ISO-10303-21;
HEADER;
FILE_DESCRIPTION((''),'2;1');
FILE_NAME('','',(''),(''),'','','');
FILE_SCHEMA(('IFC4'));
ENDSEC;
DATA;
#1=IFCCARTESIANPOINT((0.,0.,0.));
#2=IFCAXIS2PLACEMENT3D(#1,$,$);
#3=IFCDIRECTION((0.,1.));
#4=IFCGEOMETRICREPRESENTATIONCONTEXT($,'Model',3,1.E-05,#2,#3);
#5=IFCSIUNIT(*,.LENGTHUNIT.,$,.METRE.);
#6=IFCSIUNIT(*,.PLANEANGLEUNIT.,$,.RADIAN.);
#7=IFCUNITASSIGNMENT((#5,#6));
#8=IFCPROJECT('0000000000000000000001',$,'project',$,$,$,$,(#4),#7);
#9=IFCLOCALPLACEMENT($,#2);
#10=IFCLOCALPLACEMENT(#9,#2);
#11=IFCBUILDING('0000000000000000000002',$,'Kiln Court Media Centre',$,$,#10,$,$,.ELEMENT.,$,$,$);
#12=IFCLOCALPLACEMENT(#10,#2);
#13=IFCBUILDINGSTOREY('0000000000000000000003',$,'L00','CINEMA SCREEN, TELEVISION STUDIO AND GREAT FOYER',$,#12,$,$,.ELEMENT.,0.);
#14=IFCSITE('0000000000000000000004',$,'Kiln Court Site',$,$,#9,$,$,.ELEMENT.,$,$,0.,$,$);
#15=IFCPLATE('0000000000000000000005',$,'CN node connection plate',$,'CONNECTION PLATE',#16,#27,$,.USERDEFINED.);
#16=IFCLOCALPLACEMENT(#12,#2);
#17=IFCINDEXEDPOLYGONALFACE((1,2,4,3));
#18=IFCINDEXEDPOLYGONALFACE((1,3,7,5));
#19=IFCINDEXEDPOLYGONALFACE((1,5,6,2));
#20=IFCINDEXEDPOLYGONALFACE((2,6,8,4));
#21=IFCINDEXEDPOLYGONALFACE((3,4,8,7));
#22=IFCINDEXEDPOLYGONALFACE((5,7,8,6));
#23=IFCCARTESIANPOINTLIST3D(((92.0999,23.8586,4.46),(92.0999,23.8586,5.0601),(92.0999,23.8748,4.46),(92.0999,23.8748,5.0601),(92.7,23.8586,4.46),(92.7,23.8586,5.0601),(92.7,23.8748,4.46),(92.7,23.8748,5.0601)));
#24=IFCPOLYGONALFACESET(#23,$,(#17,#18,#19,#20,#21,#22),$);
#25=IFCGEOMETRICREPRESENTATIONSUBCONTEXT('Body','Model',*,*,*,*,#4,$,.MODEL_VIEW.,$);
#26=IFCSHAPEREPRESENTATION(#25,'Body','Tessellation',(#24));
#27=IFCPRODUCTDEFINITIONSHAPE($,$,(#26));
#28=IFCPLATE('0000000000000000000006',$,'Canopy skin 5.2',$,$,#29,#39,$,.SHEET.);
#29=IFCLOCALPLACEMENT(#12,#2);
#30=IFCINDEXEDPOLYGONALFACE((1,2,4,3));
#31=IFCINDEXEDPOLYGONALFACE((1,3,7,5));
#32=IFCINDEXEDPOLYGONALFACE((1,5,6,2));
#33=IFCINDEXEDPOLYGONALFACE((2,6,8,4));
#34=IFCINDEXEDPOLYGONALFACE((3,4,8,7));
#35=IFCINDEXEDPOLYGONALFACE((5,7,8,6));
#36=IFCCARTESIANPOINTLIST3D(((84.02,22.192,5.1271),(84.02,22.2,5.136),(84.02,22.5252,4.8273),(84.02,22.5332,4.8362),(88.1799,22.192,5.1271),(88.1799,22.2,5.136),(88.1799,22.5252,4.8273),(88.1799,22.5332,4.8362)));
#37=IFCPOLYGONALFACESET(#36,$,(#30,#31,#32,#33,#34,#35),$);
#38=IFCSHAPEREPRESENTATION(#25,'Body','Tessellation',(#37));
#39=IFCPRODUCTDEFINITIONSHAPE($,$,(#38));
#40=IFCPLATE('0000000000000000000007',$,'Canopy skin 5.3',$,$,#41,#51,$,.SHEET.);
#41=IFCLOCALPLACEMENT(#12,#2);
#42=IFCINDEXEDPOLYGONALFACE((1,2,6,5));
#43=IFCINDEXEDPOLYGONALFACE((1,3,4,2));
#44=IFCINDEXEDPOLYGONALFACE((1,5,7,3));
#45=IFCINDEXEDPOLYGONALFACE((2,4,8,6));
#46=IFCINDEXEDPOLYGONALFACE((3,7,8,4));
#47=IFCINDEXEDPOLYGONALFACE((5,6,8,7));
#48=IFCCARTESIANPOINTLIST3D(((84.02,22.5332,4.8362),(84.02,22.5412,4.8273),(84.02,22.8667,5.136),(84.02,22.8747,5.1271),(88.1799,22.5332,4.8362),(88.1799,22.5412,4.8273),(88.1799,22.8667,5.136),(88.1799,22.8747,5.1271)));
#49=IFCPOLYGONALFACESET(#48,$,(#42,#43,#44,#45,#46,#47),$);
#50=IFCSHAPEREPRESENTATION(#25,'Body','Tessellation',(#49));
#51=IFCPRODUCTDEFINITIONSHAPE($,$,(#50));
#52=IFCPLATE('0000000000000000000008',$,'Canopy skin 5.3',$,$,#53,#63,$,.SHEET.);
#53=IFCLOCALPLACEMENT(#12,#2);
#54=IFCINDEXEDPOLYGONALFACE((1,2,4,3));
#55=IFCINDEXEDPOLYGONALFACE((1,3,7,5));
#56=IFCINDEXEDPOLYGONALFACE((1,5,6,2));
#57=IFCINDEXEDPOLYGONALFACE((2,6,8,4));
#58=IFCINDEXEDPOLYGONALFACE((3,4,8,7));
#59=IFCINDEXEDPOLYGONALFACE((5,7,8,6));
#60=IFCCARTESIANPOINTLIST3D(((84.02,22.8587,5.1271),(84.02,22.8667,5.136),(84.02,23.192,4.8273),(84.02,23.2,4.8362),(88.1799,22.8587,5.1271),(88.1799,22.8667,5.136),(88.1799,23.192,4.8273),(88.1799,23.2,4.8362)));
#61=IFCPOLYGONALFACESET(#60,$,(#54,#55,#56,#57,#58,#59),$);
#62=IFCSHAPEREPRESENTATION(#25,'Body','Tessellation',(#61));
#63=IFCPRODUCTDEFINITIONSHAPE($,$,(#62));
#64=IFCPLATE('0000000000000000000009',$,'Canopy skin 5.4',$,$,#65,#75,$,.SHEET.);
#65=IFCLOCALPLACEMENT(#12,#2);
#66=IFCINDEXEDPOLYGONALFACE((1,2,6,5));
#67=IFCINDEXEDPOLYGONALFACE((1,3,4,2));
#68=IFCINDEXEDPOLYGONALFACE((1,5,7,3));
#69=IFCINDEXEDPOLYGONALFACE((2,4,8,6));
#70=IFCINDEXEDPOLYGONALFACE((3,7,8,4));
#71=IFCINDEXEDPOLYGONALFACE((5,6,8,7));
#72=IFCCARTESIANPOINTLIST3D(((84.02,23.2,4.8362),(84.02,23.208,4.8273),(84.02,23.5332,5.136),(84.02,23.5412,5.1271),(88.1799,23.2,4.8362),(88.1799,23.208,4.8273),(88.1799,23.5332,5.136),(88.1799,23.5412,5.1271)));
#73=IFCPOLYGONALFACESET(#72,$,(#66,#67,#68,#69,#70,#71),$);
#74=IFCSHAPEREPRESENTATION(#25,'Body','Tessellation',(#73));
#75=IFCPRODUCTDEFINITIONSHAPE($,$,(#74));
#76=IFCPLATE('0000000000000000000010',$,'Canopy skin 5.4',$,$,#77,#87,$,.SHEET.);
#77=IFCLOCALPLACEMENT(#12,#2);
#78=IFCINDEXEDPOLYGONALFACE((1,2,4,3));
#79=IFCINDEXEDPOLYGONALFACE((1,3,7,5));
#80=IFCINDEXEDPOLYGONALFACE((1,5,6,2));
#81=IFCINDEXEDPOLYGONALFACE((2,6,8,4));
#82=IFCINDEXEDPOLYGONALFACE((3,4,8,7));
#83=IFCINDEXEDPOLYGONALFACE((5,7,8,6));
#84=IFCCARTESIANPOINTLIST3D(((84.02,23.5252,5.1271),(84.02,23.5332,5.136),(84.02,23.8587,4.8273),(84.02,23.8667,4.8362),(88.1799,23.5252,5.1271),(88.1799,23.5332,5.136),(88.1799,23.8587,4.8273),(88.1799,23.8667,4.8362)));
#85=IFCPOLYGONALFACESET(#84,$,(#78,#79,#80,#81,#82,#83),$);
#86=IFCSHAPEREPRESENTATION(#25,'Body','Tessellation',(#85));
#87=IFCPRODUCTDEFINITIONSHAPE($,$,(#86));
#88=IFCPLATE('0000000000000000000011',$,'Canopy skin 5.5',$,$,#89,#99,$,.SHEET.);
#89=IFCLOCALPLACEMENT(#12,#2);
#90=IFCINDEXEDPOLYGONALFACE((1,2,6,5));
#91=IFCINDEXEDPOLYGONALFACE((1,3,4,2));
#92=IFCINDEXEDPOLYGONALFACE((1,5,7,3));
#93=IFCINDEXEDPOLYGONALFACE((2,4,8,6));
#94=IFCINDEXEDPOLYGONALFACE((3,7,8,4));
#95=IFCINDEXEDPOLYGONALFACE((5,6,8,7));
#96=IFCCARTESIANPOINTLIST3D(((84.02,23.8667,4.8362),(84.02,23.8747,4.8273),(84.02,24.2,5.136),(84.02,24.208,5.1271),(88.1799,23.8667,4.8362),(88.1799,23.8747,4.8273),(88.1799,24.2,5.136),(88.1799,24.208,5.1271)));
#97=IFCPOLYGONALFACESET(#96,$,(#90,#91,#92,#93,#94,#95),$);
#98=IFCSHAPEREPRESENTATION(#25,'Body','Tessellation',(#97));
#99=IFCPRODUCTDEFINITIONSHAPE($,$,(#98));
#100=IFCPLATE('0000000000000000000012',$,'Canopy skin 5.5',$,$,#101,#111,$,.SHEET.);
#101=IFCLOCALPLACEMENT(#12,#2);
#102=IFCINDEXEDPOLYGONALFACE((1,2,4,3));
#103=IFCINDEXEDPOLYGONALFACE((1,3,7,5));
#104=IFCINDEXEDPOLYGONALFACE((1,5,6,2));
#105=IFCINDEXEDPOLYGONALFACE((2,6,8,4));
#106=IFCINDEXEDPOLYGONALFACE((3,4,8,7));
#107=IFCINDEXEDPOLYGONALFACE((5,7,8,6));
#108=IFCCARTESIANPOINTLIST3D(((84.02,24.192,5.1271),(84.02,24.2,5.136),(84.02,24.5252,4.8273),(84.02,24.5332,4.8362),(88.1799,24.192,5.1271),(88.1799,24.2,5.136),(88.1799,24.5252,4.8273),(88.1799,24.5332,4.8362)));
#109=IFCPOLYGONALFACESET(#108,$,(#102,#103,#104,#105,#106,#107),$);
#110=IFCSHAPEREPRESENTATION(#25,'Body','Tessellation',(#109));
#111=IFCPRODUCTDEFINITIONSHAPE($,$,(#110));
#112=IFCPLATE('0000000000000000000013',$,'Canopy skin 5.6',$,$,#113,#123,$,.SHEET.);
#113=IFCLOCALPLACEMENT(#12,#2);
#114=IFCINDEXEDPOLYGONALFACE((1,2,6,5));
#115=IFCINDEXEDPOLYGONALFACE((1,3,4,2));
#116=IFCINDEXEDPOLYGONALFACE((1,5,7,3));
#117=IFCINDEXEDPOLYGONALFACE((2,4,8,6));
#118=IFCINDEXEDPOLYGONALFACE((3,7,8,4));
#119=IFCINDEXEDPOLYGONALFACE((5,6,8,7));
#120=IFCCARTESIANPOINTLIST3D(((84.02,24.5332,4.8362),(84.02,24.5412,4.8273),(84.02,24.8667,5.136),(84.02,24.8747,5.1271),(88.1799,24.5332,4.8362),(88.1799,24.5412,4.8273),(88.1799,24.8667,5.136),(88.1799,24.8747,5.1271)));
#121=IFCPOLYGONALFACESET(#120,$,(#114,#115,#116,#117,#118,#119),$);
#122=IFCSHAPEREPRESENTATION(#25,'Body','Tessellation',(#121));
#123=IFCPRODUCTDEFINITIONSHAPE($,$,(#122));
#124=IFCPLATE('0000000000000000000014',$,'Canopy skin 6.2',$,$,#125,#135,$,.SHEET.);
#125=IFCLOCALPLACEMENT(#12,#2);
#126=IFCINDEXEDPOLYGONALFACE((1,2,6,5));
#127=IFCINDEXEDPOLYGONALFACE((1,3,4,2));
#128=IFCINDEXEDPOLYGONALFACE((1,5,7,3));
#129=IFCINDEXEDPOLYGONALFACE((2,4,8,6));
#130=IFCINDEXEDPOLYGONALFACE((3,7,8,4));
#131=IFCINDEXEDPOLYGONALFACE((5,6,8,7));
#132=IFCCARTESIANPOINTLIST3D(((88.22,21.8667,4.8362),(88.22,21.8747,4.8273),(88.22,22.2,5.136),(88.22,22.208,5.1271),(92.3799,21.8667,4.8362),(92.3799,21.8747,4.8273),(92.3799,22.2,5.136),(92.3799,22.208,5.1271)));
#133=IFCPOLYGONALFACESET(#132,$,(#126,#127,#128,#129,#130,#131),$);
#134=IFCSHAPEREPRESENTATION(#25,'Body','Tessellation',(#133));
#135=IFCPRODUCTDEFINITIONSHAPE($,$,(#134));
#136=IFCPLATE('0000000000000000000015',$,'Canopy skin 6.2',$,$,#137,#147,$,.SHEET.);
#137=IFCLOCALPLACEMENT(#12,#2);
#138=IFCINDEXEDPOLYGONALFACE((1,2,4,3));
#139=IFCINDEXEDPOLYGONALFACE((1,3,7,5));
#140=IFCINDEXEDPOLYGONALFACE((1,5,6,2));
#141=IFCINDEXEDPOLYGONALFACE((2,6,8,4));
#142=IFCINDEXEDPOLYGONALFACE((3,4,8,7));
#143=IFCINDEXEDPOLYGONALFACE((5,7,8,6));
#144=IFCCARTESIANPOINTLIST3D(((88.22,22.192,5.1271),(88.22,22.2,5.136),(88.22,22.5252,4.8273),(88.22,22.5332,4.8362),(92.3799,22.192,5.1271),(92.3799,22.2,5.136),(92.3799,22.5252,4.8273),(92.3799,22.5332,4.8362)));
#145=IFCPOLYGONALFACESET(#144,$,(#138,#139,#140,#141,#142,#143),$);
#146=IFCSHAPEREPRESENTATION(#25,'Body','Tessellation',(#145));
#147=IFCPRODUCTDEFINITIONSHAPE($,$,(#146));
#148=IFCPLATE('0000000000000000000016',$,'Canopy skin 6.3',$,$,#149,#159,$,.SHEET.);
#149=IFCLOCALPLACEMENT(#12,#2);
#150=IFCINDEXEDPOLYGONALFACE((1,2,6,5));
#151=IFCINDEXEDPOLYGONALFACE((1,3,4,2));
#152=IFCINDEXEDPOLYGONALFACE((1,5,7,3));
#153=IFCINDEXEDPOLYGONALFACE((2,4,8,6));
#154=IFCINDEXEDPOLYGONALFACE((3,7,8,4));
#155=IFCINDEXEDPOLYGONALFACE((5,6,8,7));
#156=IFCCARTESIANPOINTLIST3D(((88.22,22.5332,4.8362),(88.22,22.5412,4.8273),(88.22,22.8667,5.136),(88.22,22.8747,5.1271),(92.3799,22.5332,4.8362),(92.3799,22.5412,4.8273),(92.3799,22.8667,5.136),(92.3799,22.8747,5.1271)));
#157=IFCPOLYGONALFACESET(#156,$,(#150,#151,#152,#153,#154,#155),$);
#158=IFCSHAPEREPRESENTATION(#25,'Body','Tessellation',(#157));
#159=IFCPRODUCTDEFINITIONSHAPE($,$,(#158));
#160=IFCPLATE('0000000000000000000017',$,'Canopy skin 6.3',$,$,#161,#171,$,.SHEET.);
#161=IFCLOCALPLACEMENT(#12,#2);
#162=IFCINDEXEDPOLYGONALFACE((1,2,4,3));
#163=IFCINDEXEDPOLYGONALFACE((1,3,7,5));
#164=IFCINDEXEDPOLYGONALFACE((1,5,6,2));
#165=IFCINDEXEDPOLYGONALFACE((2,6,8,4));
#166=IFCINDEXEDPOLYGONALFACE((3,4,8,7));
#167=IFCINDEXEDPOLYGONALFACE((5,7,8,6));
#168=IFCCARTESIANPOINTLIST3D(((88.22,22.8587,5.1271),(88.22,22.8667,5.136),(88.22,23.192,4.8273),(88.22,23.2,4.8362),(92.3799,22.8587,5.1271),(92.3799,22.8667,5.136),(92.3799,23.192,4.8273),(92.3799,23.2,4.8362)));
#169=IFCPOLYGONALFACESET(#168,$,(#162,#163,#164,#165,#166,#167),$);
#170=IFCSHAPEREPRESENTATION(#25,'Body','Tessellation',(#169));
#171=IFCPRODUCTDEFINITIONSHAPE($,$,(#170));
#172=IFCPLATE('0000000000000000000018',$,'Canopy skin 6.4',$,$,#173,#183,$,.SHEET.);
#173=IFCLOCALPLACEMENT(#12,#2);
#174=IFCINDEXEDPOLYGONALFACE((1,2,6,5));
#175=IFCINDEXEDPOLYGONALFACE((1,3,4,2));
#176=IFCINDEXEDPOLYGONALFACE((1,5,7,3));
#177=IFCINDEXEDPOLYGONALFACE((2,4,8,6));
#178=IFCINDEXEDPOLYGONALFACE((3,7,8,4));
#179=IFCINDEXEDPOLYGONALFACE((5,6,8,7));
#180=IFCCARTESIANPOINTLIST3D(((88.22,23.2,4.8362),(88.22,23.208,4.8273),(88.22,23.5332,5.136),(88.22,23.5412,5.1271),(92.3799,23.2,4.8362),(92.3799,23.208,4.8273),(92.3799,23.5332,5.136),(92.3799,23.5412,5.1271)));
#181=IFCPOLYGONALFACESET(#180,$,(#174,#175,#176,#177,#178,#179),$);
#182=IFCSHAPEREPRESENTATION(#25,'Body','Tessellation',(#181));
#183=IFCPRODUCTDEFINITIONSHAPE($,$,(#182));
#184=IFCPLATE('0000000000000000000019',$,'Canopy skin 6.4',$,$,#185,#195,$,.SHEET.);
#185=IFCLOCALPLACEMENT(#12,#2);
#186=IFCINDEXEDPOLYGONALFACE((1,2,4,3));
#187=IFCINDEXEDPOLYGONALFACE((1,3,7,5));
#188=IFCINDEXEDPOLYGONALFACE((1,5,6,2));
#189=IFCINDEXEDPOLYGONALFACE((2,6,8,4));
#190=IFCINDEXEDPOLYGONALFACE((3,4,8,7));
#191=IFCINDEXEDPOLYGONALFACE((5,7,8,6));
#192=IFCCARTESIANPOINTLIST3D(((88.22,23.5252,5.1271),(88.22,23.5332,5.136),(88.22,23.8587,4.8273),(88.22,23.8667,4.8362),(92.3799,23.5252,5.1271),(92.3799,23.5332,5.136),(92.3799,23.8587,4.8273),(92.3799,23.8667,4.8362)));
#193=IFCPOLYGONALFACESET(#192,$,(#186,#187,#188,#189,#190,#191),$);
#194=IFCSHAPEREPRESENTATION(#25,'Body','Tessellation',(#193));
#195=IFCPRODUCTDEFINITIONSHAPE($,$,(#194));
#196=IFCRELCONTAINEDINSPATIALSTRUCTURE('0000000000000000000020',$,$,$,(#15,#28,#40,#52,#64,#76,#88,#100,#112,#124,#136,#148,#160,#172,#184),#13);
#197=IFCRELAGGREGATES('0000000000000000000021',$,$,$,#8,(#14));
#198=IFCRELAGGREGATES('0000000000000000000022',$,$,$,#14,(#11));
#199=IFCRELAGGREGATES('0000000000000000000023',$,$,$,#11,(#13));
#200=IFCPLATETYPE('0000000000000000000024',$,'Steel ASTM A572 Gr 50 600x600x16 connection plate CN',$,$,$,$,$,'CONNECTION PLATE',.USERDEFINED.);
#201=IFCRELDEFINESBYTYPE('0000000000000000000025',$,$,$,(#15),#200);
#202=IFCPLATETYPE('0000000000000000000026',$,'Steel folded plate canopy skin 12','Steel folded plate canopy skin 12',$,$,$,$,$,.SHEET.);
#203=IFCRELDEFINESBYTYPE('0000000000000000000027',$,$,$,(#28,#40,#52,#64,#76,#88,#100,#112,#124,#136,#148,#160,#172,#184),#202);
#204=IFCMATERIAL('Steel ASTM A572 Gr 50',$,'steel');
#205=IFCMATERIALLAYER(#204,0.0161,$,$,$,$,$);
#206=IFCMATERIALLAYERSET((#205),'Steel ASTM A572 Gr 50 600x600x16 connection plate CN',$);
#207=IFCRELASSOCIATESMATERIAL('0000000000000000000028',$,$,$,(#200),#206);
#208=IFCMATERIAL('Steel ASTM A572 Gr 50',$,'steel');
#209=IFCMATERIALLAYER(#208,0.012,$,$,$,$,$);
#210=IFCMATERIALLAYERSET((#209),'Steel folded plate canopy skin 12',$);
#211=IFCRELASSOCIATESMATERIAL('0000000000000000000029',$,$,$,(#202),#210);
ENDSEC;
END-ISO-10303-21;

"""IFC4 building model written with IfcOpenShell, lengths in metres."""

from ifc_helpers import new_model, si_unit, direction, frame, origin, origin_2d, place, context, subcontext, project, spatial, polyline, rectangle, outline, extrude, material, layer, layer_set, type_object, element, save


model = new_model("IFC4")

# Units and contexts
model_context = context("Model", 3, precision=1e-05, world=origin(), true_north=direction((0.0, 1.0)))
body_context = subcontext(model_context, "Body", "Model", "MODEL_VIEW")
ifc_project = project(units=[si_unit("LENGTHUNIT", "METRE"), si_unit("PLANEANGLEUNIT", "RADIAN")], contexts=[model_context])

# Site, building, storey
site_placement = place(None, origin())
site = spatial("IfcSite", under=ifc_project, at=site_placement, Name="Kiln Court Site", CompositionType="ELEMENT", RefElevation=0.0)
building_placement = place(site_placement, origin())
building = spatial("IfcBuilding", under=site, at=building_placement, Name="Kiln Court Media Centre", CompositionType="ELEMENT")
storey_placement = place(building_placement, origin())
storey = spatial("IfcBuildingStorey", under=building, at=storey_placement, Name="L00", Description="CINEMA SCREEN, TELEVISION STUDIO AND GREAT FOYER", CompositionType="ELEMENT", Elevation=0.0)

# Plates
ifc_material_1 = material(Name="Steel ASTM A572 Gr 50", Category="steel")
ifc_layer_1 = layer(ifc_material_1, 0.0161)
ifc_layer_set_1 = layer_set([ifc_layer_1], Name="Steel ASTM A572 Gr 50 600x600x16 connection plate CN")
plate_type_1 = type_object("IfcPlateType", Name="Steel ASTM A572 Gr 50 600x600x16 connection plate CN", ElementType="CONNECTION PLATE", PredefinedType="USERDEFINED", material=ifc_layer_set_1)
for number, where, z_axis, x_axis, name in (
    (1, (92.3999, 23.8667, 4.46), (0.0, 0.0, 1.0), (1.0, 0.0, 0.0), "CN node connection plate"),
):
    element("IfcPlate", number, at=place(storey_placement, frame(where, z_axis=z_axis, x_axis=x_axis)), inside=storey, type_object=plate_type_1, Name=name, ObjectType="CONNECTION PLATE", PredefinedType="USERDEFINED", context=body_context, shape_type="SweptSolid", body=[
        extrude(rectangle(XDim=0.6001, YDim=0.0161, at=origin_2d()), origin(), (0.0, 0.0, 1.0), 0.6001),
    ])
ifc_material_2 = material(Name="Steel ASTM A572 Gr 50", Category="steel")
ifc_layer_2 = layer(ifc_material_2, 0.012)
ifc_layer_set_2 = layer_set([ifc_layer_2], Name="Steel folded plate canopy skin 12")
plate_type_2 = type_object("IfcPlateType", Name="Steel folded plate canopy skin 12", Description="Steel folded plate canopy skin 12", PredefinedType="SHEET", material=ifc_layer_set_2)
plate_1_placement = place(storey_placement, frame((84.02, 22.2, 5.136), z_axis=(0.0, 0.668814, 0.74343), x_axis=(1.0, 0.0, 0.0)))
element("IfcPlate", 2, at=plate_1_placement, inside=storey, type_object=plate_type_2, Name="Canopy skin 5.2", PredefinedType="SHEET", context=body_context, shape_type="SweptSolid", body=[
    extrude(outline(polyline([(0.0, 0.0), (4.1599, 0.0), (4.1599, 0.4483), (0.0, 0.4483), (0.0, 0.0)])), origin(), (0.0, 0.0, -1.0), 0.012),
])
plate_2_placement = place(storey_placement, frame((84.02, 22.5332, 4.8362), z_axis=(0.0, -0.668544, 0.743673), x_axis=(1.0, 0.0, 0.0)))
element("IfcPlate", 3, at=plate_2_placement, inside=storey, type_object=plate_type_2, Name="Canopy skin 5.3", PredefinedType="SHEET", context=body_context, shape_type="SweptSolid", body=[
    extrude(outline(polyline([(0.0, 0.0), (4.1599, 0.0), (4.1599, 0.4484), (0.0, 0.4484), (0.0, 0.0)])), origin(), (0.0, 0.0, -1.0), 0.012),
])
for number, where, z_axis, x_axis, name in (
    (4, (84.02, 22.8667, 5.136), (0.0, 0.668814, 0.74343), (1.0, 0.0, 0.0), "Canopy skin 5.3"),
    (5, (84.02, 23.2, 4.8362), (0.0, -0.668814, 0.74343), (1.0, 0.0, 0.0), "Canopy skin 5.4"),
):
    element("IfcPlate", number, at=place(storey_placement, frame(where, z_axis=z_axis, x_axis=x_axis)), inside=storey, type_object=plate_type_2, Name=name, PredefinedType="SHEET", context=body_context, shape_type="SweptSolid", body=[
        extrude(outline(polyline([(0.0, 0.0), (4.1599, 0.0), (4.1599, 0.4483), (0.0, 0.4483), (0.0, 0.0)])), origin(), (0.0, 0.0, -1.0), 0.012),
    ])
plate_3_placement = place(storey_placement, frame((84.02, 23.5332, 5.136), z_axis=(0.0, 0.668544, 0.743673), x_axis=(1.0, 0.0, 0.0)))
element("IfcPlate", 6, at=plate_3_placement, inside=storey, type_object=plate_type_2, Name="Canopy skin 5.4", PredefinedType="SHEET", context=body_context, shape_type="SweptSolid", body=[
    extrude(outline(polyline([(0.0, 0.0), (4.1599, 0.0), (4.1599, 0.4484), (0.0, 0.4484), (0.0, 0.0)])), origin(), (0.0, 0.0, -1.0), 0.012),
])
for number, where, z_axis, x_axis, name in (
    (7, (84.02, 23.8667, 4.8362), (0.0, -0.668814, 0.74343), (1.0, 0.0, 0.0), "Canopy skin 5.5"),
    (8, (84.02, 24.2, 5.136), (0.0, 0.668814, 0.74343), (1.0, 0.0, 0.0), "Canopy skin 5.5"),
):
    element("IfcPlate", number, at=place(storey_placement, frame(where, z_axis=z_axis, x_axis=x_axis)), inside=storey, type_object=plate_type_2, Name=name, PredefinedType="SHEET", context=body_context, shape_type="SweptSolid", body=[
        extrude(outline(polyline([(0.0, 0.0), (4.1599, 0.0), (4.1599, 0.4483), (0.0, 0.4483), (0.0, 0.0)])), origin(), (0.0, 0.0, -1.0), 0.012),
    ])
plate_4_placement = place(storey_placement, frame((84.02, 24.5332, 4.8362), z_axis=(0.0, -0.668544, 0.743673), x_axis=(1.0, 0.0, 0.0)))
element("IfcPlate", 9, at=plate_4_placement, inside=storey, type_object=plate_type_2, Name="Canopy skin 5.6", PredefinedType="SHEET", context=body_context, shape_type="SweptSolid", body=[
    extrude(outline(polyline([(0.0, 0.0), (4.1599, 0.0), (4.1599, 0.4484), (0.0, 0.4484), (0.0, 0.0)])), origin(), (0.0, 0.0, -1.0), 0.012),
])
for number, where, z_axis, x_axis, name in (
    (10, (88.22, 21.8667, 4.8362), (0.0, -0.668814, 0.74343), (1.0, 0.0, 0.0), "Canopy skin 6.2"),
    (11, (88.22, 22.2, 5.136), (0.0, 0.668814, 0.74343), (1.0, 0.0, 0.0), "Canopy skin 6.2"),
):
    element("IfcPlate", number, at=place(storey_placement, frame(where, z_axis=z_axis, x_axis=x_axis)), inside=storey, type_object=plate_type_2, Name=name, PredefinedType="SHEET", context=body_context, shape_type="SweptSolid", body=[
        extrude(outline(polyline([(0.0, 0.0), (4.1599, 0.0), (4.1599, 0.4483), (0.0, 0.4483), (0.0, 0.0)])), origin(), (0.0, 0.0, -1.0), 0.012),
    ])
plate_5_placement = place(storey_placement, frame((88.22, 22.5332, 4.8362), z_axis=(0.0, -0.668544, 0.743673), x_axis=(1.0, 0.0, 0.0)))
element("IfcPlate", 12, at=plate_5_placement, inside=storey, type_object=plate_type_2, Name="Canopy skin 6.3", PredefinedType="SHEET", context=body_context, shape_type="SweptSolid", body=[
    extrude(outline(polyline([(0.0, 0.0), (4.1599, 0.0), (4.1599, 0.4484), (0.0, 0.4484), (0.0, 0.0)])), origin(), (0.0, 0.0, -1.0), 0.012),
])
for number, where, z_axis, x_axis, name in (
    (13, (88.22, 22.8667, 5.136), (0.0, 0.668814, 0.74343), (1.0, 0.0, 0.0), "Canopy skin 6.3"),
    (14, (88.22, 23.2, 4.8362), (0.0, -0.668814, 0.74343), (1.0, 0.0, 0.0), "Canopy skin 6.4"),
):
    element("IfcPlate", number, at=place(storey_placement, frame(where, z_axis=z_axis, x_axis=x_axis)), inside=storey, type_object=plate_type_2, Name=name, PredefinedType="SHEET", context=body_context, shape_type="SweptSolid", body=[
        extrude(outline(polyline([(0.0, 0.0), (4.1599, 0.0), (4.1599, 0.4483), (0.0, 0.4483), (0.0, 0.0)])), origin(), (0.0, 0.0, -1.0), 0.012),
    ])
plate_6_placement = place(storey_placement, frame((88.22, 23.5332, 5.136), z_axis=(0.0, 0.668544, 0.743673), x_axis=(1.0, 0.0, 0.0)))
element("IfcPlate", 15, at=plate_6_placement, inside=storey, type_object=plate_type_2, Name="Canopy skin 6.4", PredefinedType="SHEET", context=body_context, shape_type="SweptSolid", body=[
    extrude(outline(polyline([(0.0, 0.0), (4.1599, 0.0), (4.1599, 0.4484), (0.0, 0.4484), (0.0, 0.0)])), origin(), (0.0, 0.0, -1.0), 0.012),
])

save(model, "model.ifc")
